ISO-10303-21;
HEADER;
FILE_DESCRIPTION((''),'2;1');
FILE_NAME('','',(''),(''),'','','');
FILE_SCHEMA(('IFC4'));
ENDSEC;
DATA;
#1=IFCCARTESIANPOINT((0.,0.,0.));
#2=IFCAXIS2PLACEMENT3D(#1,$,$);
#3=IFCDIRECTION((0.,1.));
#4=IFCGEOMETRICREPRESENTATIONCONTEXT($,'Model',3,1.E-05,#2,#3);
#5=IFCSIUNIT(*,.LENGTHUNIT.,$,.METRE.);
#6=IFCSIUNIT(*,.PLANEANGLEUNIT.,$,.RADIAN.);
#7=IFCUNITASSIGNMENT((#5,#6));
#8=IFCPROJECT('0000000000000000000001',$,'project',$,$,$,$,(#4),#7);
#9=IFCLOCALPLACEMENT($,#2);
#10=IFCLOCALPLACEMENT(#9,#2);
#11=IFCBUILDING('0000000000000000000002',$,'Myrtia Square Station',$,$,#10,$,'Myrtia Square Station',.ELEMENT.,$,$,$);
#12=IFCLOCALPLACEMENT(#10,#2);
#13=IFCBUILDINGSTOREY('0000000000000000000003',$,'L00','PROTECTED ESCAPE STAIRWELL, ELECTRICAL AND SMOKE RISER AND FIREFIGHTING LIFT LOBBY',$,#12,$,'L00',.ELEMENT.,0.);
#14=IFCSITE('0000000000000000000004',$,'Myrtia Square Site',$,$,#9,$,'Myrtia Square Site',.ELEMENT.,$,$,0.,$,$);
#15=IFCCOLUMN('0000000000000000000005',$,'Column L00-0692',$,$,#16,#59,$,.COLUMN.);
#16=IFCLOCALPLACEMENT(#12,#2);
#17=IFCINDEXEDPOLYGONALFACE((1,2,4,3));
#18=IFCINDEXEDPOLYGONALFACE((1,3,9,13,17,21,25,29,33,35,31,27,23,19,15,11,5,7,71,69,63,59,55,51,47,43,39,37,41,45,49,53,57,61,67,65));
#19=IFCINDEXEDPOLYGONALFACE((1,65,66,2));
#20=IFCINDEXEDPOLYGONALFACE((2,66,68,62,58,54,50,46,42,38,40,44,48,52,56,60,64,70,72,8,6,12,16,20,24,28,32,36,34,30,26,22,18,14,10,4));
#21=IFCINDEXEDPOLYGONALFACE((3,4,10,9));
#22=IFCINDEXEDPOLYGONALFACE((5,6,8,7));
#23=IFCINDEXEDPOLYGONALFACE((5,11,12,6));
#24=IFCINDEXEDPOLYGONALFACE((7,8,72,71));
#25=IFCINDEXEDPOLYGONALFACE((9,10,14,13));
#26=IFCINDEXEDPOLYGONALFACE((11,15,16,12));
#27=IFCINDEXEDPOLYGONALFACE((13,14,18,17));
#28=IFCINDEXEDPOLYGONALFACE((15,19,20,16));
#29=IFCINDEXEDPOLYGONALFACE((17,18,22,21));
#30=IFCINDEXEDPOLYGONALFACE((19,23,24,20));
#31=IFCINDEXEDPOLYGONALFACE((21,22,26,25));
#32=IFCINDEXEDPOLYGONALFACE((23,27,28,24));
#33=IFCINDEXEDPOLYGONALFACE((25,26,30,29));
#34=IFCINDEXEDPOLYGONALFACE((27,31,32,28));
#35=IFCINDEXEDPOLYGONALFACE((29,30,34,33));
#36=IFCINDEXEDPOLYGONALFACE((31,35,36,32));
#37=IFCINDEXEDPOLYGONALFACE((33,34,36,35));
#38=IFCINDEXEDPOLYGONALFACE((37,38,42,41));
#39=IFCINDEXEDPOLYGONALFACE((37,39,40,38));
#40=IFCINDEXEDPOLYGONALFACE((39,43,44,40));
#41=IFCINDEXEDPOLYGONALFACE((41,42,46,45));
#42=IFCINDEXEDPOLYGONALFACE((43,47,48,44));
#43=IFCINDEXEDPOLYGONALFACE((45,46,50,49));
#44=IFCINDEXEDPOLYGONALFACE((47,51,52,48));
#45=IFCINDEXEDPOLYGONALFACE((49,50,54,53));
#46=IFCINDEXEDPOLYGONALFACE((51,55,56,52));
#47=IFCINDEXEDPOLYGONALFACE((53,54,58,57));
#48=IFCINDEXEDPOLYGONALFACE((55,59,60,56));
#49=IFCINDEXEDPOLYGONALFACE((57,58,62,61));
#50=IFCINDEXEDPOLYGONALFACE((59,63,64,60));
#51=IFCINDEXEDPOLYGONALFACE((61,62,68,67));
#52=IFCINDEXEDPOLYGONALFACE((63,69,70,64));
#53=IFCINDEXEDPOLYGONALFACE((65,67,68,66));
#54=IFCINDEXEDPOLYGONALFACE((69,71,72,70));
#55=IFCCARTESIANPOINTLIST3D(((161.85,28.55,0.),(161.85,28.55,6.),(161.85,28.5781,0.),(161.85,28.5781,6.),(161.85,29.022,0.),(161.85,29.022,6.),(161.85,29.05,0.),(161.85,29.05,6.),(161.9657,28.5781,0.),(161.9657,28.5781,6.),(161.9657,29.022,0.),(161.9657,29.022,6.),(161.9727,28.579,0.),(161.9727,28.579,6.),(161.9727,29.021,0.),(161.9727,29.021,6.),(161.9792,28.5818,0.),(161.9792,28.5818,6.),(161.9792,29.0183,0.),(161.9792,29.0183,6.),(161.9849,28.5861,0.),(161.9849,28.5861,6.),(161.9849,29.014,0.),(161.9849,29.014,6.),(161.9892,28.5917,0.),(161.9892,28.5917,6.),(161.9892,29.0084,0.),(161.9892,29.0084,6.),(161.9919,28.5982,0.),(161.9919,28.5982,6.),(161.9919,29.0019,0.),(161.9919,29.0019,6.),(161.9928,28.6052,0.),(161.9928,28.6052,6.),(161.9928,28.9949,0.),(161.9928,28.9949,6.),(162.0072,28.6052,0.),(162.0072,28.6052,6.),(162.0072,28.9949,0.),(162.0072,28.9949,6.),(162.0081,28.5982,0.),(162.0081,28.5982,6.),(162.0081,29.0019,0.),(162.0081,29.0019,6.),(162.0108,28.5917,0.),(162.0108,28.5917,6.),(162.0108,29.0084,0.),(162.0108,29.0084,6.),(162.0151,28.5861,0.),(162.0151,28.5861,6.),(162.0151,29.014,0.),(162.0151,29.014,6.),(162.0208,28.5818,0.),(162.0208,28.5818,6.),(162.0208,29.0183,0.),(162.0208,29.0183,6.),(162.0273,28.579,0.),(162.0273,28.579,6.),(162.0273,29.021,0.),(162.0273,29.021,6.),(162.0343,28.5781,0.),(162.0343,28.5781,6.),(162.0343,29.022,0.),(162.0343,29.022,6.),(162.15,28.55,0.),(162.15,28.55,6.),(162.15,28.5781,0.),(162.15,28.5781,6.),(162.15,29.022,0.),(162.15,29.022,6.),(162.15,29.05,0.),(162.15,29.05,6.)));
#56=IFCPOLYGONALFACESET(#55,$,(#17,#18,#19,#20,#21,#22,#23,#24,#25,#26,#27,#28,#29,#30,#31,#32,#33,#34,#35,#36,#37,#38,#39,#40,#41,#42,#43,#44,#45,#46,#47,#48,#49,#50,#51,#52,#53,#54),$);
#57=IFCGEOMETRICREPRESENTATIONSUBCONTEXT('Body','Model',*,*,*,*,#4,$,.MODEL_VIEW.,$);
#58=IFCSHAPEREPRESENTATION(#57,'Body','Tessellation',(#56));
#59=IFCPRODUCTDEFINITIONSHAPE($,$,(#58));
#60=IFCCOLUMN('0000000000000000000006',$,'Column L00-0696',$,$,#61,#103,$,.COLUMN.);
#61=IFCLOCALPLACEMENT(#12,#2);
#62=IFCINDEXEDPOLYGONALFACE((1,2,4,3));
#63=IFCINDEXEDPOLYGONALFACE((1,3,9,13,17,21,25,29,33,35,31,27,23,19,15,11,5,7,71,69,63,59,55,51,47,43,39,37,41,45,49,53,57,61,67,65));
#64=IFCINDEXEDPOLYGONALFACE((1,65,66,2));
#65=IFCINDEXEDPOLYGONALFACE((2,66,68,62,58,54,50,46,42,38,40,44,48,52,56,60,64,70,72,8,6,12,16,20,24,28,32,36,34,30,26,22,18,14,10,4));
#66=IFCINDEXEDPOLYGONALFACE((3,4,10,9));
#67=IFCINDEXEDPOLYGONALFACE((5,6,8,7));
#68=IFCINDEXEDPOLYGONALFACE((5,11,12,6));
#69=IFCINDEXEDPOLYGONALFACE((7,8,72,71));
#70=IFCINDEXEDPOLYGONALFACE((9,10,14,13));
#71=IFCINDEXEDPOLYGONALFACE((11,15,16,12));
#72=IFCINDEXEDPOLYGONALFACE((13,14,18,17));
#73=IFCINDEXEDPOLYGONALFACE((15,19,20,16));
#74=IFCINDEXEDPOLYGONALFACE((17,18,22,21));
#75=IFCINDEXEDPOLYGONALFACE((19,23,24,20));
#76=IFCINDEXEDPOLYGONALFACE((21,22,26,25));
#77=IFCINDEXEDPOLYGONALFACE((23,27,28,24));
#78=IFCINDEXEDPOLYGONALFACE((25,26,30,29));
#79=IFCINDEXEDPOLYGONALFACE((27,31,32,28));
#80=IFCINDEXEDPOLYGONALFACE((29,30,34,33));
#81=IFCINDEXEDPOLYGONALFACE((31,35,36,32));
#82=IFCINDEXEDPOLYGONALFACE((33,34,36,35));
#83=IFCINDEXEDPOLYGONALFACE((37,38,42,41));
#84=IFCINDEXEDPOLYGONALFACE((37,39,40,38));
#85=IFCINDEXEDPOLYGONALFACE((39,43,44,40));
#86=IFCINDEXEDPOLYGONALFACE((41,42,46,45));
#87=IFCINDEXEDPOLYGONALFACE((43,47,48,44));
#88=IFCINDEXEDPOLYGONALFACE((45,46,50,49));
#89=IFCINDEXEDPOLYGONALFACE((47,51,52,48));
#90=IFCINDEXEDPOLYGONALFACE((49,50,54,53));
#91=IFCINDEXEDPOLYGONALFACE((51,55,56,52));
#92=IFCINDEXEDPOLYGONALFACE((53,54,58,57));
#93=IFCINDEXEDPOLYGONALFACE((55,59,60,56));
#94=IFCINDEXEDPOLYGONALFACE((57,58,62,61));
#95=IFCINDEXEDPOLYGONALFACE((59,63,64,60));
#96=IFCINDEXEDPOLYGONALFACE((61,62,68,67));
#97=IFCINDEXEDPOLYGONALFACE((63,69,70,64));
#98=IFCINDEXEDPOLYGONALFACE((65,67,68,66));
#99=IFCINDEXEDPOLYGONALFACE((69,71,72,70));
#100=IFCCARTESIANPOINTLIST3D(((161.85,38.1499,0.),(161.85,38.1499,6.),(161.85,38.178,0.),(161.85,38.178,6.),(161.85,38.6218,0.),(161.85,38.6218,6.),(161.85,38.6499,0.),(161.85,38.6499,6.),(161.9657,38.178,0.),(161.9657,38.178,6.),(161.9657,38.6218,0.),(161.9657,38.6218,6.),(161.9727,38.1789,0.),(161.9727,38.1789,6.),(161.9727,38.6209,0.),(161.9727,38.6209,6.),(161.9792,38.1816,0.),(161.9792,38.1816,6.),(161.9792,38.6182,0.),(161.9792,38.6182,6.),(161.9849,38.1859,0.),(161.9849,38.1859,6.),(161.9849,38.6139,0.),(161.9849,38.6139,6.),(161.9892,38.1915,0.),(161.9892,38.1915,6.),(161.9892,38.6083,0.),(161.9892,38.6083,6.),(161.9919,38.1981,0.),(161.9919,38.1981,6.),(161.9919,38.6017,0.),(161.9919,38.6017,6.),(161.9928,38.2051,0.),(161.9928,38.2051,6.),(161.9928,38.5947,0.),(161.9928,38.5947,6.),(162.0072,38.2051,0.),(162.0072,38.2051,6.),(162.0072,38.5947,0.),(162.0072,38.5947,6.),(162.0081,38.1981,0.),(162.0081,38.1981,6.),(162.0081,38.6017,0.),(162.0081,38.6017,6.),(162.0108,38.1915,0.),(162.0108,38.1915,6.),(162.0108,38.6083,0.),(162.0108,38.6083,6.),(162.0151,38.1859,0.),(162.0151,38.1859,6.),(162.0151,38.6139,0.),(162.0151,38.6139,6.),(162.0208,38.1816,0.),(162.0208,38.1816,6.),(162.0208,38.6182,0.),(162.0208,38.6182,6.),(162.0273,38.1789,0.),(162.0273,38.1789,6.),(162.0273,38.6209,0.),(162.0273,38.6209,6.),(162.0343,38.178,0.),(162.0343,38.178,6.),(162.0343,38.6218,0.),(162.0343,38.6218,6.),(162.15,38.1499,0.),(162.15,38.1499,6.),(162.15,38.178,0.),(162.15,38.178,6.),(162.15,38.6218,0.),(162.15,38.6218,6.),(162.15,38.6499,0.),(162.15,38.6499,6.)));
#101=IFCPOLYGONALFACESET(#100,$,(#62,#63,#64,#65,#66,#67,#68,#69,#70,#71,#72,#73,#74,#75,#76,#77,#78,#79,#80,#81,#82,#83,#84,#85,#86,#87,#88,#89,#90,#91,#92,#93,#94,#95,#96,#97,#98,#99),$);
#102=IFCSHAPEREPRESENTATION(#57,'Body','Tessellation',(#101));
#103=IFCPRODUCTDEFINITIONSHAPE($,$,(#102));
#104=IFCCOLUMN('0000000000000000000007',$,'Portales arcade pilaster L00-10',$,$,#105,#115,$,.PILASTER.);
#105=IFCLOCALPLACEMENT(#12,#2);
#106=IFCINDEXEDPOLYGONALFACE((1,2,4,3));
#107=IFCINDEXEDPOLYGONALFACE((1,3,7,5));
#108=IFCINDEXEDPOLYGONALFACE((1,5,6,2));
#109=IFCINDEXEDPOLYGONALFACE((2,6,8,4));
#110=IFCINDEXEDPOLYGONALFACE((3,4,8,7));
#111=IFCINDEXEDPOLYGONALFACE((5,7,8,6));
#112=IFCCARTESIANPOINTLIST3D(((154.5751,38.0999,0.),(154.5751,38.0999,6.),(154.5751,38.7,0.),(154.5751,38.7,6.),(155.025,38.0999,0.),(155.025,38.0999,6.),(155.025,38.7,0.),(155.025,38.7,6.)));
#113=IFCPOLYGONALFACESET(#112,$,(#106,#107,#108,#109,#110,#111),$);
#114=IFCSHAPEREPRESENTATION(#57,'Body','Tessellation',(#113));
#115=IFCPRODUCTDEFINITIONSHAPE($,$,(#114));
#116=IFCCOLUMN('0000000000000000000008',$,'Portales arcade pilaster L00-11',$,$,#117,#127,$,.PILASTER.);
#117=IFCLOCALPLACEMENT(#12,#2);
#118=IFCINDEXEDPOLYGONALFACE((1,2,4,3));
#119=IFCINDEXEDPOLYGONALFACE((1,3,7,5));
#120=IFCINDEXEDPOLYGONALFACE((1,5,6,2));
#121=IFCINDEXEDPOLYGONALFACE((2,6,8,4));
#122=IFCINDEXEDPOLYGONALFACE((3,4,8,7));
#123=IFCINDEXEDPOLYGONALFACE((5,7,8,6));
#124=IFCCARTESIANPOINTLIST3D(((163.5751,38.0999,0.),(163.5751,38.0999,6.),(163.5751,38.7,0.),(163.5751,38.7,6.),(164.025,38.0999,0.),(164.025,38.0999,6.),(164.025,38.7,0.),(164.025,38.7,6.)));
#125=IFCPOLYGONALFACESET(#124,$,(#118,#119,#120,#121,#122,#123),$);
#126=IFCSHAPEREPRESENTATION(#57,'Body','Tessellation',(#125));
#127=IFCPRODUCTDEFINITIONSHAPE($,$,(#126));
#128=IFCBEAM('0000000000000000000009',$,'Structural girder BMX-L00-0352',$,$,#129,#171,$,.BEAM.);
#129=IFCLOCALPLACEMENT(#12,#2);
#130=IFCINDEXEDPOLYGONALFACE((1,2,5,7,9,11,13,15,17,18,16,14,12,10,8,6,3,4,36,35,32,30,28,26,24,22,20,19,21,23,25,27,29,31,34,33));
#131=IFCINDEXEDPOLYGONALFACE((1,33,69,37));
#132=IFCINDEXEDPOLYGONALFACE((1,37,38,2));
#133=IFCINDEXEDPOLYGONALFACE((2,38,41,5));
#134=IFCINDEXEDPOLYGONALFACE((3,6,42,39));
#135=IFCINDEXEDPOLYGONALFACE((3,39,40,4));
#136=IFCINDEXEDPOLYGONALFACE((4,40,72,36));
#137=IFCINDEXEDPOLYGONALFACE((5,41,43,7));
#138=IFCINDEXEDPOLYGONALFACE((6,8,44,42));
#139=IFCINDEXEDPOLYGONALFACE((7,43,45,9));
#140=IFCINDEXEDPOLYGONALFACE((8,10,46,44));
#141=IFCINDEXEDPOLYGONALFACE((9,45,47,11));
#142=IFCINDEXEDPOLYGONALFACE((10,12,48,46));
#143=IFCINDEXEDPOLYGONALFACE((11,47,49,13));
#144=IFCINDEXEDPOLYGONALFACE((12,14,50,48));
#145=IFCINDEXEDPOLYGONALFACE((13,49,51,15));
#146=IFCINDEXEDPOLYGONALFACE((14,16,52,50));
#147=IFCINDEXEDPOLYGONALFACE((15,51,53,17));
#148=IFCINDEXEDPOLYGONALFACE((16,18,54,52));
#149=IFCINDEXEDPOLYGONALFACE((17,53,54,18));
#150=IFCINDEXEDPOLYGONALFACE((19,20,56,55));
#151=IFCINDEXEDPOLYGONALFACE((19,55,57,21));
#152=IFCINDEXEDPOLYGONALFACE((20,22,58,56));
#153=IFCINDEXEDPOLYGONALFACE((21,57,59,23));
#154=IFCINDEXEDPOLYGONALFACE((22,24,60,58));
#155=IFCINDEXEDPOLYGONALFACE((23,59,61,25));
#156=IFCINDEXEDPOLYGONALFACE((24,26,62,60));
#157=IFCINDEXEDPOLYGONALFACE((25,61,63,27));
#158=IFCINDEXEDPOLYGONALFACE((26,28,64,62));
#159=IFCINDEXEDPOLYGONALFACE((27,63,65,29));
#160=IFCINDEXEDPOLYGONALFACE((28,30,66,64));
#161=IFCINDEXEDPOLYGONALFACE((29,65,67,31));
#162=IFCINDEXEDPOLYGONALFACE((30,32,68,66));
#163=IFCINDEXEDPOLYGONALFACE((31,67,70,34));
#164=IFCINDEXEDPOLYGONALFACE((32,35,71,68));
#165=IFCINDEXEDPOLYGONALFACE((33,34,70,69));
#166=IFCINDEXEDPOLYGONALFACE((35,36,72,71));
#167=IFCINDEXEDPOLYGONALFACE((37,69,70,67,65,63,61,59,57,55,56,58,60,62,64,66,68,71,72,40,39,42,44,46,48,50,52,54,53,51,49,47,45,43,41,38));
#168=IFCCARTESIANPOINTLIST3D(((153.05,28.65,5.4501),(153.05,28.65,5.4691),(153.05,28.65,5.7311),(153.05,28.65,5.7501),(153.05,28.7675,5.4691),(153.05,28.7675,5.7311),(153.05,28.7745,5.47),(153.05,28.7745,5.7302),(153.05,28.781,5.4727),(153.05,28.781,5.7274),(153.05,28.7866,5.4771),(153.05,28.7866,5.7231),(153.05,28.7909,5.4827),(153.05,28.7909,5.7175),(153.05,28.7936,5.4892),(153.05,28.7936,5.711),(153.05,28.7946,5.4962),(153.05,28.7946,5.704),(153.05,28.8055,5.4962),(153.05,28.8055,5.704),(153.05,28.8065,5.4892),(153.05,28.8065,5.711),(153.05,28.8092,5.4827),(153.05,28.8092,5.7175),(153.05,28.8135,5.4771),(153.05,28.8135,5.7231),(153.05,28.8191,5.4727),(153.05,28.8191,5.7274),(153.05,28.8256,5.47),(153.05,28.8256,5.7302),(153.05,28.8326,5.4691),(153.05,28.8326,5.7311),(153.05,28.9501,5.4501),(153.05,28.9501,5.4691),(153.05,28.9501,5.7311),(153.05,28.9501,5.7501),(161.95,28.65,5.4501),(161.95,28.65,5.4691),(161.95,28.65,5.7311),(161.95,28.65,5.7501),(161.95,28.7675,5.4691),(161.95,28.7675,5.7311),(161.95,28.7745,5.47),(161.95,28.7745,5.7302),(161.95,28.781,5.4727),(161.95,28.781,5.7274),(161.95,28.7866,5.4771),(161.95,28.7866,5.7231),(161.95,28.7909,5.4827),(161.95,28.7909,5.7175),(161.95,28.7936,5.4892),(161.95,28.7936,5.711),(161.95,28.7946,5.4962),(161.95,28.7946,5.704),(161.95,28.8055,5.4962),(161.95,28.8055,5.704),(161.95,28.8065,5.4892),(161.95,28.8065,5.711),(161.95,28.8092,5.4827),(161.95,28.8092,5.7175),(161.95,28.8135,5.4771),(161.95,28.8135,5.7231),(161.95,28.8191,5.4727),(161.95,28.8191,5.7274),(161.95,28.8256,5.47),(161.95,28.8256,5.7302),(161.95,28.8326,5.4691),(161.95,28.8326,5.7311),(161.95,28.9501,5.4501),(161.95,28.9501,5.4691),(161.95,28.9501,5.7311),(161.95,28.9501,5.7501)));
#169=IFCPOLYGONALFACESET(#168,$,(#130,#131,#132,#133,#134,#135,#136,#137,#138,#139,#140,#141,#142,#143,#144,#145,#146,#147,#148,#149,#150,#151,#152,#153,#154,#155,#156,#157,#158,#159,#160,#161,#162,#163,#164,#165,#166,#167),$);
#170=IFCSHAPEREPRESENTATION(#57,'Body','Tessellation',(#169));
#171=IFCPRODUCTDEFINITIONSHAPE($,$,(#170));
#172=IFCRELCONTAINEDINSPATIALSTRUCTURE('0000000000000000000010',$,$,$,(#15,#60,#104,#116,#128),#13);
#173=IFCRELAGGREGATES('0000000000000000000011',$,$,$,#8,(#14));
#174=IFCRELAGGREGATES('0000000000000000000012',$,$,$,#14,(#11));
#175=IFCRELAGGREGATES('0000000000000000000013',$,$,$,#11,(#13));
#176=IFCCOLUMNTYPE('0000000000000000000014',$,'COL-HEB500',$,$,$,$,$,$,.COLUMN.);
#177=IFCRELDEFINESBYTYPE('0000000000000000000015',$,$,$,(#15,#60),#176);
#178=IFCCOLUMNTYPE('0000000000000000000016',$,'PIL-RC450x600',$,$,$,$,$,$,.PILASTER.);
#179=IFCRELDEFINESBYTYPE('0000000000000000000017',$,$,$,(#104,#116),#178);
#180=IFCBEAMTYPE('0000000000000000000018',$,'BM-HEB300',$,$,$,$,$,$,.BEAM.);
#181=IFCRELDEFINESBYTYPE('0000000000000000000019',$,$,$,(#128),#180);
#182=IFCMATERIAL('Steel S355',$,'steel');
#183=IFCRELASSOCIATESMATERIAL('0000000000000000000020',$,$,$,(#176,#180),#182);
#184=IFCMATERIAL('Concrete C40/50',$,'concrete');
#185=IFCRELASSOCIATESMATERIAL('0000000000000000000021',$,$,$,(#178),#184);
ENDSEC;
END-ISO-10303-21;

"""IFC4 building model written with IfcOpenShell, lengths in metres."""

from ifc_helpers import new_model, si_unit, direction, frame, origin, origin_2d, place, context, subcontext, project, spatial, rectangle, i_section, extrude, material, material_profile, profile_set, type_object, element, save


model = new_model("IFC4")

# Units and contexts
model_context = context("Model", 3, precision=1e-05, world=origin(), true_north=direction((0.0, 1.0)))
body_context = subcontext(model_context, "Body", "Model", "MODEL_VIEW")
ifc_project = project(units=[si_unit("LENGTHUNIT", "METRE"), si_unit("PLANEANGLEUNIT", "RADIAN")], contexts=[model_context])

# Site, building, storey
site_placement = place(None, origin())
site = spatial("IfcSite", under=ifc_project, at=site_placement, Name="Myrtia Square Site", LongName="Myrtia Square Site", CompositionType="ELEMENT", RefElevation=0.0)
building_placement = place(site_placement, origin())
building = spatial("IfcBuilding", under=site, at=building_placement, Name="Myrtia Square Station", LongName="Myrtia Square Station", CompositionType="ELEMENT")
storey_placement = place(building_placement, origin())
storey = spatial("IfcBuildingStorey", under=building, at=storey_placement, Name="L00", Description="PROTECTED ESCAPE STAIRWELL, ELECTRICAL AND SMOKE RISER AND FIREFIGHTING LIFT LOBBY", LongName="L00", CompositionType="ELEMENT", Elevation=0.0)

# Columns
ifc_material_1 = material(Name="Steel S355", Category="steel")
ifc_material_profile_1 = material_profile(ifc_material_1, i_section(OverallWidth=0.3, OverallDepth=0.5, WebThickness=0.0144, FlangeThickness=0.0281, FilletRadius=0.0271, at=origin_2d()), Name="HEB 500")
ifc_profile_set_1 = profile_set([ifc_material_profile_1], Name="Steel S355")
column_type_1 = type_object("IfcColumnType", Name="COL-HEB500", PredefinedType="COLUMN", material=ifc_profile_set_1)
for number, where, z_axis, x_axis, name in (
    (1, (162.0, 28.8, 0.0), (0.0, 0.0, 1.0), (1.0, 0.0, 0.0), "Column L00-0692"),
    (2, (162.0, 38.3999, 0.0), (0.0, 0.0, 1.0), (1.0, 0.0, 0.0), "Column L00-0696"),
):
    element("IfcColumn", number, at=place(storey_placement, frame(where, z_axis=z_axis, x_axis=x_axis)), inside=storey, type_object=column_type_1, Name=name, PredefinedType="COLUMN", context=body_context, shape_type="SweptSolid", body=[
        extrude(i_section(OverallWidth=0.3, OverallDepth=0.5, WebThickness=0.0144, FlangeThickness=0.0281, FilletRadius=0.0271, at=origin_2d()), origin(), (0.0, 0.0, 1.0), 6.0),
    ])
ifc_material_2 = material(Name="Concrete C40/50", Category="concrete")
ifc_material_profile_2 = material_profile(ifc_material_2, rectangle(XDim=0.45, YDim=0.6001, at=origin_2d()), Name="PIL 450x600")
ifc_profile_set_2 = profile_set([ifc_material_profile_2], Name="Concrete C40/50")
column_type_2 = type_object("IfcColumnType", Name="PIL-RC450x600", PredefinedType="PILASTER", material=ifc_profile_set_2)
for number, where, z_axis, x_axis, name in (
    (3, (154.8, 38.3999, 0.0), (0.0, 0.0, 1.0), (1.0, 0.0, 0.0), "Portales arcade pilaster L00-10"),
    (4, (163.8, 38.3999, 0.0), (0.0, 0.0, 1.0), (1.0, 0.0, 0.0), "Portales arcade pilaster L00-11"),
):
    element("IfcColumn", number, at=place(storey_placement, frame(where, z_axis=z_axis, x_axis=x_axis)), inside=storey, type_object=column_type_2, Name=name, PredefinedType="PILASTER", context=body_context, shape_type="SweptSolid", body=[
        extrude(rectangle(XDim=0.45, YDim=0.6001, at=origin_2d()), origin(), (0.0, 0.0, 1.0), 6.0),
    ])

# Beam
ifc_material_profile_3 = material_profile(ifc_material_1, i_section(OverallWidth=0.3, OverallDepth=0.3, WebThickness=0.011, FlangeThickness=0.019, FilletRadius=0.0271, at=origin_2d()), Name="HEB 300")
ifc_profile_set_3 = profile_set([ifc_material_profile_3], Name="Steel S355")
beam_type_1 = type_object("IfcBeamType", Name="BM-HEB300", PredefinedType="BEAM", material=ifc_profile_set_3)
beam_1_placement = place(storey_placement, frame((153.05, 28.8, 5.6001), z_axis=(1.0, 0.0, 0.0), x_axis=(0.0, 1.0, 0.0)))
element("IfcBeam", 5, at=beam_1_placement, inside=storey, type_object=beam_type_1, Name="Structural girder BMX-L00-0352", PredefinedType="BEAM", context=body_context, shape_type="SweptSolid", body=[
    extrude(i_section(OverallWidth=0.3, OverallDepth=0.3, WebThickness=0.011, FlangeThickness=0.019, FilletRadius=0.0271, at=origin_2d()), origin(), (0.0, 0.0, 1.0), 8.8999),
])

save(model, "model.ifc")
